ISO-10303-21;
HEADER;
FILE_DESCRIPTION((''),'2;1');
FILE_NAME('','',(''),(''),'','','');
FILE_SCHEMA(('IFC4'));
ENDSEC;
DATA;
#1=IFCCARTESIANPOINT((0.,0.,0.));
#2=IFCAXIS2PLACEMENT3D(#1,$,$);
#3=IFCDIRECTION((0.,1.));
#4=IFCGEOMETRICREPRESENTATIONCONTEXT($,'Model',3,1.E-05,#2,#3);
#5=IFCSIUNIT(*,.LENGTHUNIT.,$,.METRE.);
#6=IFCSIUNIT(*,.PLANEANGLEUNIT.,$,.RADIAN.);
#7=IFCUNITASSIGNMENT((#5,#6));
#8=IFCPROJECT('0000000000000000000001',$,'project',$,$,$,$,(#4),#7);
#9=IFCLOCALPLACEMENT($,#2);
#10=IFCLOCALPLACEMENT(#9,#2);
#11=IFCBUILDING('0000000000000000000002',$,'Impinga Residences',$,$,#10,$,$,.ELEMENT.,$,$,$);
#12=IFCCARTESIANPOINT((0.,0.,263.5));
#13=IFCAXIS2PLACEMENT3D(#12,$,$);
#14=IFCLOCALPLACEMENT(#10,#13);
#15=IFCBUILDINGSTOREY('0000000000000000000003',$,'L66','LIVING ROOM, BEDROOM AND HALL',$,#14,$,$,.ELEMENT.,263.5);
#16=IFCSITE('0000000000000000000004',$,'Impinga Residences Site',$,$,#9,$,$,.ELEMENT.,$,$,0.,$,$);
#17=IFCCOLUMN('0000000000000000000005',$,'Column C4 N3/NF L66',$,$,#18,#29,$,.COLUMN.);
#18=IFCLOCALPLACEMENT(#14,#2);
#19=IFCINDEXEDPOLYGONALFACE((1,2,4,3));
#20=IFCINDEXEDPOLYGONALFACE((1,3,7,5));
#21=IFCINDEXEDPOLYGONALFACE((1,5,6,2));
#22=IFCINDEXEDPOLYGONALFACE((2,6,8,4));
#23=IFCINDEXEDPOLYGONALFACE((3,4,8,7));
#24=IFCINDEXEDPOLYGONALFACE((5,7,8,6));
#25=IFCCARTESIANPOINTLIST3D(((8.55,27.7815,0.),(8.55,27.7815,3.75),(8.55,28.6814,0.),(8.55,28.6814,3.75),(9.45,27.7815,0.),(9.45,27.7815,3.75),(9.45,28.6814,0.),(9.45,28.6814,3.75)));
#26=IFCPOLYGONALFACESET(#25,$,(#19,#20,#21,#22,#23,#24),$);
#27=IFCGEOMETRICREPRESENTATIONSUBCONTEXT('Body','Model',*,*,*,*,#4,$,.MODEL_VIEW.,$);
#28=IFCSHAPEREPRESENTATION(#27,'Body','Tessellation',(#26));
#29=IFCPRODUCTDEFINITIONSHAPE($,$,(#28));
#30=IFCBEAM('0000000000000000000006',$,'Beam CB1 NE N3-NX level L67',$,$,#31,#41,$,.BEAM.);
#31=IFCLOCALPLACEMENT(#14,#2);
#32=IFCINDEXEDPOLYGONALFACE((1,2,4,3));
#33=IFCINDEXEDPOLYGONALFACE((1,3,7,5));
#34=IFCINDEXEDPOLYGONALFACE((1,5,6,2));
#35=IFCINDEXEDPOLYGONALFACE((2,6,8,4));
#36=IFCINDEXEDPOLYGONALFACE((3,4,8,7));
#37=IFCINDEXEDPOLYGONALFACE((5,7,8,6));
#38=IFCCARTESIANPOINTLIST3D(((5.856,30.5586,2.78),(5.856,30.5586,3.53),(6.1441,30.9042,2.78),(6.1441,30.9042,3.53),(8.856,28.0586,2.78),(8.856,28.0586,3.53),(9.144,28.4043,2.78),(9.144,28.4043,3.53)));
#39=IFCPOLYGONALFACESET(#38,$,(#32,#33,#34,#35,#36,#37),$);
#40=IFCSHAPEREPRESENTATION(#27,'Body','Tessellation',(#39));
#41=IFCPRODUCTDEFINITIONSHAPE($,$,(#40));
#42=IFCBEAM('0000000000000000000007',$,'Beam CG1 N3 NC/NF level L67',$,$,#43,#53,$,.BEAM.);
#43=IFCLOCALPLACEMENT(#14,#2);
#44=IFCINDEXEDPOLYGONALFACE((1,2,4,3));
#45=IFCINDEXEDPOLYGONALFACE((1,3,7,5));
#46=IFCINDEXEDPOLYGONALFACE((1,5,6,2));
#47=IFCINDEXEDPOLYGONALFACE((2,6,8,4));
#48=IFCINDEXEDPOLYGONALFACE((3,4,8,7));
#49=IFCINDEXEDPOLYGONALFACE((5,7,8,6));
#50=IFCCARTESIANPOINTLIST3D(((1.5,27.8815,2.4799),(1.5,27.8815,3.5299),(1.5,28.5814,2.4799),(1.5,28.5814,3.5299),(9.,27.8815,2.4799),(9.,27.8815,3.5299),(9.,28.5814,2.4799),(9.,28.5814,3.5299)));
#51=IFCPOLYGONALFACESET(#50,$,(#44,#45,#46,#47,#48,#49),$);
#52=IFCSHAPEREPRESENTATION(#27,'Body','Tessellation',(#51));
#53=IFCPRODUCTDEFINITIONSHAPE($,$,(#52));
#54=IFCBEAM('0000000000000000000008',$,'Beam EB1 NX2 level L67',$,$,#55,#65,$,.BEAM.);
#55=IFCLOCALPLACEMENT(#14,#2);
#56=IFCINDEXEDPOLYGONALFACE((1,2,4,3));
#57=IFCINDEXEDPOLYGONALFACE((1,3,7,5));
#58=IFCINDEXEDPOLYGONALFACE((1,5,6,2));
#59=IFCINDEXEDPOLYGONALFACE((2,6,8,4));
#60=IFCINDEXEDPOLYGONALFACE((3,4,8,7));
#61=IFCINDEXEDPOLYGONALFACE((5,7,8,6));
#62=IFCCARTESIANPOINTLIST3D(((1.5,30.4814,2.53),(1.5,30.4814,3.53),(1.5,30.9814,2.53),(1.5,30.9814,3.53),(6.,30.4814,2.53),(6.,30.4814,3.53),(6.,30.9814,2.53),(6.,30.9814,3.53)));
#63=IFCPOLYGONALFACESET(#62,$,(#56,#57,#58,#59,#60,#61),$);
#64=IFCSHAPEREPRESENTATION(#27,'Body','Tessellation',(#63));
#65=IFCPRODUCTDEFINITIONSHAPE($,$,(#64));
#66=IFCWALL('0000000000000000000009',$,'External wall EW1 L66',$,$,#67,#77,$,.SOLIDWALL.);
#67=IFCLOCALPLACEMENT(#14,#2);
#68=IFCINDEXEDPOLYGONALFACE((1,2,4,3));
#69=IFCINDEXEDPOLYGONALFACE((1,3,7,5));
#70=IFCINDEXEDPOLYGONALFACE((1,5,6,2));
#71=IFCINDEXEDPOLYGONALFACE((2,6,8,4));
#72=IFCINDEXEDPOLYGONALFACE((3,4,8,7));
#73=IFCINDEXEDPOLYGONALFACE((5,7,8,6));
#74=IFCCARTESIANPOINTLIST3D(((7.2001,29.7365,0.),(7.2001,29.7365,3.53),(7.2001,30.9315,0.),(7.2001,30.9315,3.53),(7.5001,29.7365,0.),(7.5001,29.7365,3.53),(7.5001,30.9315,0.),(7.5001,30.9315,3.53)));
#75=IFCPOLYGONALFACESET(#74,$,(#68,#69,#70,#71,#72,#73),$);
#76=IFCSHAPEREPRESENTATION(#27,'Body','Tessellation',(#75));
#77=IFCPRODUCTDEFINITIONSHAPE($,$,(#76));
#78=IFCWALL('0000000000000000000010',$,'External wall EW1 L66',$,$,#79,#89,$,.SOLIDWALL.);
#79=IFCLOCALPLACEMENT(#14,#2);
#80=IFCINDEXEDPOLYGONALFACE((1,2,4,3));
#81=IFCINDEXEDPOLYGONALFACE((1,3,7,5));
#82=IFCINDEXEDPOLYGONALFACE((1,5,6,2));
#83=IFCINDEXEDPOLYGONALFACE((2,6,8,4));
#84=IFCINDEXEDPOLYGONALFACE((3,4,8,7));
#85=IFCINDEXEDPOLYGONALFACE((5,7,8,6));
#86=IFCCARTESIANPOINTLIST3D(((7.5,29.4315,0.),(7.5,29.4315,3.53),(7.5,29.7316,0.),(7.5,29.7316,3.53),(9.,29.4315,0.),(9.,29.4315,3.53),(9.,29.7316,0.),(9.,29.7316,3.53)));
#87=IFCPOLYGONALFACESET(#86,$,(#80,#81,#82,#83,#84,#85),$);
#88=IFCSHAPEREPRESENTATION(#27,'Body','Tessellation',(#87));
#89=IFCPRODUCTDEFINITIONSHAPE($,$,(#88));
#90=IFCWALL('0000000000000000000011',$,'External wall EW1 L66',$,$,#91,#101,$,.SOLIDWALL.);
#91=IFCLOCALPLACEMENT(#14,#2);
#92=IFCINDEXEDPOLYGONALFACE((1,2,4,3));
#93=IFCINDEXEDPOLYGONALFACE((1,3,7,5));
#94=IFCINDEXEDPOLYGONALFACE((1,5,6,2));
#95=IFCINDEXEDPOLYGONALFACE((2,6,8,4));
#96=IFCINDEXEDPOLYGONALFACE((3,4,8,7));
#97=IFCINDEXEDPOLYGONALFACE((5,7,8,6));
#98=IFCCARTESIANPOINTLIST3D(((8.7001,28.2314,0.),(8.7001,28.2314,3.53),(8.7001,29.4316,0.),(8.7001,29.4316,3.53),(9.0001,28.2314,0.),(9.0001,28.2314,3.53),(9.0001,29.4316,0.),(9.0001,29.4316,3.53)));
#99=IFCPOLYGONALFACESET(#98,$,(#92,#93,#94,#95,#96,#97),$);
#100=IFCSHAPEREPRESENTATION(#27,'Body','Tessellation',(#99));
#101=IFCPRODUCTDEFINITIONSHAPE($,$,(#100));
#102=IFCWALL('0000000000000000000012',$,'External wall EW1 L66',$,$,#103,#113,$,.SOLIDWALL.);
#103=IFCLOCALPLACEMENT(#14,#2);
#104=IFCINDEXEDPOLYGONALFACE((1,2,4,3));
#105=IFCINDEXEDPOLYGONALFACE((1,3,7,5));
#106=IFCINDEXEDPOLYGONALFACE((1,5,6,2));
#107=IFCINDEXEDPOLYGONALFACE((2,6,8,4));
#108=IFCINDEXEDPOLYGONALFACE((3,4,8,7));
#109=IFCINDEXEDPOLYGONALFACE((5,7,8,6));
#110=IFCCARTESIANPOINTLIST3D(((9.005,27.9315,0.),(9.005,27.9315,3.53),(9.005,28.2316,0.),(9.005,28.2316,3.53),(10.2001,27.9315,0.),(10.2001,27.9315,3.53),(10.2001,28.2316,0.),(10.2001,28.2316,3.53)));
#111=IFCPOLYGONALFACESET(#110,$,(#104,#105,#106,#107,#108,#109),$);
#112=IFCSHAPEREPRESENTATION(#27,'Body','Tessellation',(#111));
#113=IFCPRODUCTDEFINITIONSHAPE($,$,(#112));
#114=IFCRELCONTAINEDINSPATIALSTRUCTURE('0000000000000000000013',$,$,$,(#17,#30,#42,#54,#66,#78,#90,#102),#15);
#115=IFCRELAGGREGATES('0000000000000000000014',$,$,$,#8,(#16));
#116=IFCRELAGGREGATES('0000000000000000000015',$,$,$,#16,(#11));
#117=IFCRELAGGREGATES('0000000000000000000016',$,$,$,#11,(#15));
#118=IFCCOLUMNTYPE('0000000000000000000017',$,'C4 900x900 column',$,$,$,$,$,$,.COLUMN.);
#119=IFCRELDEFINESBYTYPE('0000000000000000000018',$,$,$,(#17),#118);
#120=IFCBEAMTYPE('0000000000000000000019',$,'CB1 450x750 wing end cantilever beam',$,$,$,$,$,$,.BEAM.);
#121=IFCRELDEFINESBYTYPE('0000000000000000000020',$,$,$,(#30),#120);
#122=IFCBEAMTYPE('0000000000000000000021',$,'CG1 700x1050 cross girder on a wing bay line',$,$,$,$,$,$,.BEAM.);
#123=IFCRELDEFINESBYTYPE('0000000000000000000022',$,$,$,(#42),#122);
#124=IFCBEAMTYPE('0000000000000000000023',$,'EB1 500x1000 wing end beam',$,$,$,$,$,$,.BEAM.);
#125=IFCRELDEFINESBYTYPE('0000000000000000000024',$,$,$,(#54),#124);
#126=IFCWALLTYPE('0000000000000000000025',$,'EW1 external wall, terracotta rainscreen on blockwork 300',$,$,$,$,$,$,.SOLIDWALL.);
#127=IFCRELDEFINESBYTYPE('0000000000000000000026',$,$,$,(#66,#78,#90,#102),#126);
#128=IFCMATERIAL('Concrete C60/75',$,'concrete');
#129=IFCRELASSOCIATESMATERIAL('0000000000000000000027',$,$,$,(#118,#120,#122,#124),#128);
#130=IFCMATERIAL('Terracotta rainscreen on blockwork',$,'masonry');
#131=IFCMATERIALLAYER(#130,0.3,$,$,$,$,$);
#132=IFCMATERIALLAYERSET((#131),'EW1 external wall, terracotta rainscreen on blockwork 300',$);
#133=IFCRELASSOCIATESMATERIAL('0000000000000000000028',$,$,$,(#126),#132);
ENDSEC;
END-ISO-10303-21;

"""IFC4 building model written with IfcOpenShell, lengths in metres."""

from ifc_helpers import new_model, si_unit, direction, frame, frame_2d, origin, origin_2d, place, context, subcontext, project, spatial, rectangle, extrude, material, layer, layer_set, material_profile, profile_set, type_object, element, save


model = new_model("IFC4")

# Units and contexts
model_context = context("Model", 3, precision=1e-05, world=origin(), true_north=direction((0.0, 1.0)))
body_context = subcontext(model_context, "Body", "Model", "MODEL_VIEW")
ifc_project = project(units=[si_unit("LENGTHUNIT", "METRE"), si_unit("PLANEANGLEUNIT", "RADIAN")], contexts=[model_context])

# Site, building, storey
site_placement = place(None, origin())
site = spatial("IfcSite", under=ifc_project, at=site_placement, Name="Impinga Residences Site", CompositionType="ELEMENT", RefElevation=0.0)
building_placement = place(site_placement, origin())
building = spatial("IfcBuilding", under=site, at=building_placement, Name="Impinga Residences", CompositionType="ELEMENT")
storey_placement = place(building_placement, frame((0.0, 0.0, 263.5)))
storey = spatial("IfcBuildingStorey", under=building, at=storey_placement, Name="L66", Description="LIVING ROOM, BEDROOM AND HALL", CompositionType="ELEMENT", Elevation=263.5)

# Column
ifc_material_1 = material(Name="Concrete C60/75", Category="concrete")
ifc_material_profile_1 = material_profile(ifc_material_1, rectangle(XDim=0.8999, YDim=0.8999, at=origin_2d()), Name="RC 900x900")
ifc_profile_set_1 = profile_set([ifc_material_profile_1], Name="Concrete C60/75")
column_type = type_object("IfcColumnType", Name="C4 900x900 column", PredefinedType="COLUMN", material=ifc_profile_set_1)
column_placement = place(storey_placement, frame((9.0, 28.2314, 0.0), z_axis=(0.0, 0.0, 1.0), x_axis=(1.0, 0.0, 0.0)))
element("IfcColumn", 1, at=column_placement, inside=storey, type_object=column_type, Name="Column C4 N3/NF L66", PredefinedType="COLUMN", context=body_context, shape_type="SweptSolid", body=[
    extrude(rectangle(XDim=0.8999, YDim=0.8999, at=origin_2d()), origin(), (0.0, 0.0, 1.0), 3.75),
])

# Beams
ifc_material_profile_2 = material_profile(ifc_material_1, rectangle(XDim=0.45, YDim=0.75, at=origin_2d()), Name="RC 450x750")
ifc_profile_set_2 = profile_set([ifc_material_profile_2], Name="Concrete C60/75")
beam_type_1 = type_object("IfcBeamType", Name="CB1 450x750 wing end cantilever beam", PredefinedType="BEAM", material=ifc_profile_set_2)
beam_1_placement = place(storey_placement, frame((9.0, 28.2314, 3.155), z_axis=(-0.768221, 0.640184, 0.0), x_axis=(-0.640184, -0.768221, 0.0)))
element("IfcBeam", 2, at=beam_1_placement, inside=storey, type_object=beam_type_1, Name="Beam CB1 NE N3-NX level L67", PredefinedType="BEAM", context=body_context, shape_type="SweptSolid", body=[
    extrude(rectangle(XDim=0.45, YDim=0.75, at=origin_2d()), origin(), (0.0, 0.0, 1.0), 3.905),
])
ifc_material_profile_3 = material_profile(ifc_material_1, rectangle(XDim=0.7, YDim=1.05, at=origin_2d()), Name="RC 700x1050")
ifc_profile_set_3 = profile_set([ifc_material_profile_3], Name="Concrete C60/75")
beam_type_2 = type_object("IfcBeamType", Name="CG1 700x1050 cross girder on a wing bay line", PredefinedType="BEAM", material=ifc_profile_set_3)
beam_2_placement = place(storey_placement, frame((1.5, 28.2314, 3.0049), z_axis=(1.0, 0.0, 0.0), x_axis=(0.0, 1.0, 0.0)))
element("IfcBeam", 3, at=beam_2_placement, inside=storey, type_object=beam_type_2, Name="Beam CG1 N3 NC/NF level L67", PredefinedType="BEAM", context=body_context, shape_type="SweptSolid", body=[
    extrude(rectangle(XDim=0.7, YDim=1.05, at=origin_2d()), origin(), (0.0, 0.0, 1.0), 7.5),
])
ifc_material_profile_4 = material_profile(ifc_material_1, rectangle(XDim=0.5, YDim=1.0, at=origin_2d()), Name="RC 500x1000")
ifc_profile_set_4 = profile_set([ifc_material_profile_4], Name="Concrete C60/75")
beam_type_3 = type_object("IfcBeamType", Name="EB1 500x1000 wing end beam", PredefinedType="BEAM", material=ifc_profile_set_4)
beam_3_placement = place(storey_placement, frame((1.5, 30.7314, 3.03), z_axis=(1.0, 0.0, 0.0), x_axis=(0.0, 1.0, 0.0)))
element("IfcBeam", 4, at=beam_3_placement, inside=storey, type_object=beam_type_3, Name="Beam EB1 NX2 level L67", PredefinedType="BEAM", context=body_context, shape_type="SweptSolid", body=[
    extrude(rectangle(XDim=0.5, YDim=1.0, at=origin_2d()), origin(), (0.0, 0.0, 1.0), 4.5),
])

# Walls
ifc_material_2 = material(Name="Terracotta rainscreen on blockwork", Category="masonry")
ifc_layer_1 = layer(ifc_material_2, 0.3)
ifc_layer_set_1 = layer_set([ifc_layer_1], Name="EW1 external wall, terracotta rainscreen on blockwork 300")
wall_type_1 = type_object("IfcWallType", Name="EW1 external wall, terracotta rainscreen on blockwork 300", PredefinedType="SOLIDWALL", material=ifc_layer_set_1)
wall_1_placement = place(storey_placement, frame((7.3501, 30.9316, 0.0), z_axis=(0.0, 0.0, 1.0), x_axis=(0.0, -1.0, 0.0)))
element("IfcWall", 5, at=wall_1_placement, inside=storey, type_object=wall_type_1, Name="External wall EW1 L66", PredefinedType="SOLIDWALL", context=body_context, shape_type="SweptSolid", body=[
    extrude(rectangle(XDim=1.1951, YDim=0.3, at=frame_2d((0.5977, 0.0))), origin(), (0.0, 0.0, 1.0), 3.53),
])
wall_2_placement = place(storey_placement, frame((7.5, 29.5815, 0.0), z_axis=(0.0, 0.0, 1.0), x_axis=(1.0, 0.0, 0.0)))
element("IfcWall", 6, at=wall_2_placement, inside=storey, type_object=wall_type_1, Name="External wall EW1 L66", PredefinedType="SOLIDWALL", context=body_context, shape_type="SweptSolid", body=[
    extrude(rectangle(XDim=1.5, YDim=0.3, at=frame_2d((0.75, 0.0))), origin(), (0.0, 0.0, 1.0), 3.53),
])
wall_3_placement = place(storey_placement, frame((8.8501, 29.4316, 0.0), z_axis=(0.0, 0.0, 1.0), x_axis=(0.0, -1.0, 0.0)))
element("IfcWall", 7, at=wall_3_placement, inside=storey, type_object=wall_type_1, Name="External wall EW1 L66", PredefinedType="SOLIDWALL", context=body_context, shape_type="SweptSolid", body=[
    extrude(rectangle(XDim=1.2002, YDim=0.3, at=frame_2d((0.6001, 0.0))), origin(), (0.0, 0.0, 1.0), 3.53),
])
wall_4_placement = place(storey_placement, frame((9.0049, 28.0815, 0.0), z_axis=(0.0, 0.0, 1.0), x_axis=(1.0, 0.0, 0.0)))
element("IfcWall", 8, at=wall_4_placement, inside=storey, type_object=wall_type_1, Name="External wall EW1 L66", PredefinedType="SOLIDWALL", context=body_context, shape_type="SweptSolid", body=[
    extrude(rectangle(XDim=1.1951, YDim=0.3, at=frame_2d((0.5977, 0.0))), origin(), (0.0, 0.0, 1.0), 3.53),
])

save(model, "model.ifc")
